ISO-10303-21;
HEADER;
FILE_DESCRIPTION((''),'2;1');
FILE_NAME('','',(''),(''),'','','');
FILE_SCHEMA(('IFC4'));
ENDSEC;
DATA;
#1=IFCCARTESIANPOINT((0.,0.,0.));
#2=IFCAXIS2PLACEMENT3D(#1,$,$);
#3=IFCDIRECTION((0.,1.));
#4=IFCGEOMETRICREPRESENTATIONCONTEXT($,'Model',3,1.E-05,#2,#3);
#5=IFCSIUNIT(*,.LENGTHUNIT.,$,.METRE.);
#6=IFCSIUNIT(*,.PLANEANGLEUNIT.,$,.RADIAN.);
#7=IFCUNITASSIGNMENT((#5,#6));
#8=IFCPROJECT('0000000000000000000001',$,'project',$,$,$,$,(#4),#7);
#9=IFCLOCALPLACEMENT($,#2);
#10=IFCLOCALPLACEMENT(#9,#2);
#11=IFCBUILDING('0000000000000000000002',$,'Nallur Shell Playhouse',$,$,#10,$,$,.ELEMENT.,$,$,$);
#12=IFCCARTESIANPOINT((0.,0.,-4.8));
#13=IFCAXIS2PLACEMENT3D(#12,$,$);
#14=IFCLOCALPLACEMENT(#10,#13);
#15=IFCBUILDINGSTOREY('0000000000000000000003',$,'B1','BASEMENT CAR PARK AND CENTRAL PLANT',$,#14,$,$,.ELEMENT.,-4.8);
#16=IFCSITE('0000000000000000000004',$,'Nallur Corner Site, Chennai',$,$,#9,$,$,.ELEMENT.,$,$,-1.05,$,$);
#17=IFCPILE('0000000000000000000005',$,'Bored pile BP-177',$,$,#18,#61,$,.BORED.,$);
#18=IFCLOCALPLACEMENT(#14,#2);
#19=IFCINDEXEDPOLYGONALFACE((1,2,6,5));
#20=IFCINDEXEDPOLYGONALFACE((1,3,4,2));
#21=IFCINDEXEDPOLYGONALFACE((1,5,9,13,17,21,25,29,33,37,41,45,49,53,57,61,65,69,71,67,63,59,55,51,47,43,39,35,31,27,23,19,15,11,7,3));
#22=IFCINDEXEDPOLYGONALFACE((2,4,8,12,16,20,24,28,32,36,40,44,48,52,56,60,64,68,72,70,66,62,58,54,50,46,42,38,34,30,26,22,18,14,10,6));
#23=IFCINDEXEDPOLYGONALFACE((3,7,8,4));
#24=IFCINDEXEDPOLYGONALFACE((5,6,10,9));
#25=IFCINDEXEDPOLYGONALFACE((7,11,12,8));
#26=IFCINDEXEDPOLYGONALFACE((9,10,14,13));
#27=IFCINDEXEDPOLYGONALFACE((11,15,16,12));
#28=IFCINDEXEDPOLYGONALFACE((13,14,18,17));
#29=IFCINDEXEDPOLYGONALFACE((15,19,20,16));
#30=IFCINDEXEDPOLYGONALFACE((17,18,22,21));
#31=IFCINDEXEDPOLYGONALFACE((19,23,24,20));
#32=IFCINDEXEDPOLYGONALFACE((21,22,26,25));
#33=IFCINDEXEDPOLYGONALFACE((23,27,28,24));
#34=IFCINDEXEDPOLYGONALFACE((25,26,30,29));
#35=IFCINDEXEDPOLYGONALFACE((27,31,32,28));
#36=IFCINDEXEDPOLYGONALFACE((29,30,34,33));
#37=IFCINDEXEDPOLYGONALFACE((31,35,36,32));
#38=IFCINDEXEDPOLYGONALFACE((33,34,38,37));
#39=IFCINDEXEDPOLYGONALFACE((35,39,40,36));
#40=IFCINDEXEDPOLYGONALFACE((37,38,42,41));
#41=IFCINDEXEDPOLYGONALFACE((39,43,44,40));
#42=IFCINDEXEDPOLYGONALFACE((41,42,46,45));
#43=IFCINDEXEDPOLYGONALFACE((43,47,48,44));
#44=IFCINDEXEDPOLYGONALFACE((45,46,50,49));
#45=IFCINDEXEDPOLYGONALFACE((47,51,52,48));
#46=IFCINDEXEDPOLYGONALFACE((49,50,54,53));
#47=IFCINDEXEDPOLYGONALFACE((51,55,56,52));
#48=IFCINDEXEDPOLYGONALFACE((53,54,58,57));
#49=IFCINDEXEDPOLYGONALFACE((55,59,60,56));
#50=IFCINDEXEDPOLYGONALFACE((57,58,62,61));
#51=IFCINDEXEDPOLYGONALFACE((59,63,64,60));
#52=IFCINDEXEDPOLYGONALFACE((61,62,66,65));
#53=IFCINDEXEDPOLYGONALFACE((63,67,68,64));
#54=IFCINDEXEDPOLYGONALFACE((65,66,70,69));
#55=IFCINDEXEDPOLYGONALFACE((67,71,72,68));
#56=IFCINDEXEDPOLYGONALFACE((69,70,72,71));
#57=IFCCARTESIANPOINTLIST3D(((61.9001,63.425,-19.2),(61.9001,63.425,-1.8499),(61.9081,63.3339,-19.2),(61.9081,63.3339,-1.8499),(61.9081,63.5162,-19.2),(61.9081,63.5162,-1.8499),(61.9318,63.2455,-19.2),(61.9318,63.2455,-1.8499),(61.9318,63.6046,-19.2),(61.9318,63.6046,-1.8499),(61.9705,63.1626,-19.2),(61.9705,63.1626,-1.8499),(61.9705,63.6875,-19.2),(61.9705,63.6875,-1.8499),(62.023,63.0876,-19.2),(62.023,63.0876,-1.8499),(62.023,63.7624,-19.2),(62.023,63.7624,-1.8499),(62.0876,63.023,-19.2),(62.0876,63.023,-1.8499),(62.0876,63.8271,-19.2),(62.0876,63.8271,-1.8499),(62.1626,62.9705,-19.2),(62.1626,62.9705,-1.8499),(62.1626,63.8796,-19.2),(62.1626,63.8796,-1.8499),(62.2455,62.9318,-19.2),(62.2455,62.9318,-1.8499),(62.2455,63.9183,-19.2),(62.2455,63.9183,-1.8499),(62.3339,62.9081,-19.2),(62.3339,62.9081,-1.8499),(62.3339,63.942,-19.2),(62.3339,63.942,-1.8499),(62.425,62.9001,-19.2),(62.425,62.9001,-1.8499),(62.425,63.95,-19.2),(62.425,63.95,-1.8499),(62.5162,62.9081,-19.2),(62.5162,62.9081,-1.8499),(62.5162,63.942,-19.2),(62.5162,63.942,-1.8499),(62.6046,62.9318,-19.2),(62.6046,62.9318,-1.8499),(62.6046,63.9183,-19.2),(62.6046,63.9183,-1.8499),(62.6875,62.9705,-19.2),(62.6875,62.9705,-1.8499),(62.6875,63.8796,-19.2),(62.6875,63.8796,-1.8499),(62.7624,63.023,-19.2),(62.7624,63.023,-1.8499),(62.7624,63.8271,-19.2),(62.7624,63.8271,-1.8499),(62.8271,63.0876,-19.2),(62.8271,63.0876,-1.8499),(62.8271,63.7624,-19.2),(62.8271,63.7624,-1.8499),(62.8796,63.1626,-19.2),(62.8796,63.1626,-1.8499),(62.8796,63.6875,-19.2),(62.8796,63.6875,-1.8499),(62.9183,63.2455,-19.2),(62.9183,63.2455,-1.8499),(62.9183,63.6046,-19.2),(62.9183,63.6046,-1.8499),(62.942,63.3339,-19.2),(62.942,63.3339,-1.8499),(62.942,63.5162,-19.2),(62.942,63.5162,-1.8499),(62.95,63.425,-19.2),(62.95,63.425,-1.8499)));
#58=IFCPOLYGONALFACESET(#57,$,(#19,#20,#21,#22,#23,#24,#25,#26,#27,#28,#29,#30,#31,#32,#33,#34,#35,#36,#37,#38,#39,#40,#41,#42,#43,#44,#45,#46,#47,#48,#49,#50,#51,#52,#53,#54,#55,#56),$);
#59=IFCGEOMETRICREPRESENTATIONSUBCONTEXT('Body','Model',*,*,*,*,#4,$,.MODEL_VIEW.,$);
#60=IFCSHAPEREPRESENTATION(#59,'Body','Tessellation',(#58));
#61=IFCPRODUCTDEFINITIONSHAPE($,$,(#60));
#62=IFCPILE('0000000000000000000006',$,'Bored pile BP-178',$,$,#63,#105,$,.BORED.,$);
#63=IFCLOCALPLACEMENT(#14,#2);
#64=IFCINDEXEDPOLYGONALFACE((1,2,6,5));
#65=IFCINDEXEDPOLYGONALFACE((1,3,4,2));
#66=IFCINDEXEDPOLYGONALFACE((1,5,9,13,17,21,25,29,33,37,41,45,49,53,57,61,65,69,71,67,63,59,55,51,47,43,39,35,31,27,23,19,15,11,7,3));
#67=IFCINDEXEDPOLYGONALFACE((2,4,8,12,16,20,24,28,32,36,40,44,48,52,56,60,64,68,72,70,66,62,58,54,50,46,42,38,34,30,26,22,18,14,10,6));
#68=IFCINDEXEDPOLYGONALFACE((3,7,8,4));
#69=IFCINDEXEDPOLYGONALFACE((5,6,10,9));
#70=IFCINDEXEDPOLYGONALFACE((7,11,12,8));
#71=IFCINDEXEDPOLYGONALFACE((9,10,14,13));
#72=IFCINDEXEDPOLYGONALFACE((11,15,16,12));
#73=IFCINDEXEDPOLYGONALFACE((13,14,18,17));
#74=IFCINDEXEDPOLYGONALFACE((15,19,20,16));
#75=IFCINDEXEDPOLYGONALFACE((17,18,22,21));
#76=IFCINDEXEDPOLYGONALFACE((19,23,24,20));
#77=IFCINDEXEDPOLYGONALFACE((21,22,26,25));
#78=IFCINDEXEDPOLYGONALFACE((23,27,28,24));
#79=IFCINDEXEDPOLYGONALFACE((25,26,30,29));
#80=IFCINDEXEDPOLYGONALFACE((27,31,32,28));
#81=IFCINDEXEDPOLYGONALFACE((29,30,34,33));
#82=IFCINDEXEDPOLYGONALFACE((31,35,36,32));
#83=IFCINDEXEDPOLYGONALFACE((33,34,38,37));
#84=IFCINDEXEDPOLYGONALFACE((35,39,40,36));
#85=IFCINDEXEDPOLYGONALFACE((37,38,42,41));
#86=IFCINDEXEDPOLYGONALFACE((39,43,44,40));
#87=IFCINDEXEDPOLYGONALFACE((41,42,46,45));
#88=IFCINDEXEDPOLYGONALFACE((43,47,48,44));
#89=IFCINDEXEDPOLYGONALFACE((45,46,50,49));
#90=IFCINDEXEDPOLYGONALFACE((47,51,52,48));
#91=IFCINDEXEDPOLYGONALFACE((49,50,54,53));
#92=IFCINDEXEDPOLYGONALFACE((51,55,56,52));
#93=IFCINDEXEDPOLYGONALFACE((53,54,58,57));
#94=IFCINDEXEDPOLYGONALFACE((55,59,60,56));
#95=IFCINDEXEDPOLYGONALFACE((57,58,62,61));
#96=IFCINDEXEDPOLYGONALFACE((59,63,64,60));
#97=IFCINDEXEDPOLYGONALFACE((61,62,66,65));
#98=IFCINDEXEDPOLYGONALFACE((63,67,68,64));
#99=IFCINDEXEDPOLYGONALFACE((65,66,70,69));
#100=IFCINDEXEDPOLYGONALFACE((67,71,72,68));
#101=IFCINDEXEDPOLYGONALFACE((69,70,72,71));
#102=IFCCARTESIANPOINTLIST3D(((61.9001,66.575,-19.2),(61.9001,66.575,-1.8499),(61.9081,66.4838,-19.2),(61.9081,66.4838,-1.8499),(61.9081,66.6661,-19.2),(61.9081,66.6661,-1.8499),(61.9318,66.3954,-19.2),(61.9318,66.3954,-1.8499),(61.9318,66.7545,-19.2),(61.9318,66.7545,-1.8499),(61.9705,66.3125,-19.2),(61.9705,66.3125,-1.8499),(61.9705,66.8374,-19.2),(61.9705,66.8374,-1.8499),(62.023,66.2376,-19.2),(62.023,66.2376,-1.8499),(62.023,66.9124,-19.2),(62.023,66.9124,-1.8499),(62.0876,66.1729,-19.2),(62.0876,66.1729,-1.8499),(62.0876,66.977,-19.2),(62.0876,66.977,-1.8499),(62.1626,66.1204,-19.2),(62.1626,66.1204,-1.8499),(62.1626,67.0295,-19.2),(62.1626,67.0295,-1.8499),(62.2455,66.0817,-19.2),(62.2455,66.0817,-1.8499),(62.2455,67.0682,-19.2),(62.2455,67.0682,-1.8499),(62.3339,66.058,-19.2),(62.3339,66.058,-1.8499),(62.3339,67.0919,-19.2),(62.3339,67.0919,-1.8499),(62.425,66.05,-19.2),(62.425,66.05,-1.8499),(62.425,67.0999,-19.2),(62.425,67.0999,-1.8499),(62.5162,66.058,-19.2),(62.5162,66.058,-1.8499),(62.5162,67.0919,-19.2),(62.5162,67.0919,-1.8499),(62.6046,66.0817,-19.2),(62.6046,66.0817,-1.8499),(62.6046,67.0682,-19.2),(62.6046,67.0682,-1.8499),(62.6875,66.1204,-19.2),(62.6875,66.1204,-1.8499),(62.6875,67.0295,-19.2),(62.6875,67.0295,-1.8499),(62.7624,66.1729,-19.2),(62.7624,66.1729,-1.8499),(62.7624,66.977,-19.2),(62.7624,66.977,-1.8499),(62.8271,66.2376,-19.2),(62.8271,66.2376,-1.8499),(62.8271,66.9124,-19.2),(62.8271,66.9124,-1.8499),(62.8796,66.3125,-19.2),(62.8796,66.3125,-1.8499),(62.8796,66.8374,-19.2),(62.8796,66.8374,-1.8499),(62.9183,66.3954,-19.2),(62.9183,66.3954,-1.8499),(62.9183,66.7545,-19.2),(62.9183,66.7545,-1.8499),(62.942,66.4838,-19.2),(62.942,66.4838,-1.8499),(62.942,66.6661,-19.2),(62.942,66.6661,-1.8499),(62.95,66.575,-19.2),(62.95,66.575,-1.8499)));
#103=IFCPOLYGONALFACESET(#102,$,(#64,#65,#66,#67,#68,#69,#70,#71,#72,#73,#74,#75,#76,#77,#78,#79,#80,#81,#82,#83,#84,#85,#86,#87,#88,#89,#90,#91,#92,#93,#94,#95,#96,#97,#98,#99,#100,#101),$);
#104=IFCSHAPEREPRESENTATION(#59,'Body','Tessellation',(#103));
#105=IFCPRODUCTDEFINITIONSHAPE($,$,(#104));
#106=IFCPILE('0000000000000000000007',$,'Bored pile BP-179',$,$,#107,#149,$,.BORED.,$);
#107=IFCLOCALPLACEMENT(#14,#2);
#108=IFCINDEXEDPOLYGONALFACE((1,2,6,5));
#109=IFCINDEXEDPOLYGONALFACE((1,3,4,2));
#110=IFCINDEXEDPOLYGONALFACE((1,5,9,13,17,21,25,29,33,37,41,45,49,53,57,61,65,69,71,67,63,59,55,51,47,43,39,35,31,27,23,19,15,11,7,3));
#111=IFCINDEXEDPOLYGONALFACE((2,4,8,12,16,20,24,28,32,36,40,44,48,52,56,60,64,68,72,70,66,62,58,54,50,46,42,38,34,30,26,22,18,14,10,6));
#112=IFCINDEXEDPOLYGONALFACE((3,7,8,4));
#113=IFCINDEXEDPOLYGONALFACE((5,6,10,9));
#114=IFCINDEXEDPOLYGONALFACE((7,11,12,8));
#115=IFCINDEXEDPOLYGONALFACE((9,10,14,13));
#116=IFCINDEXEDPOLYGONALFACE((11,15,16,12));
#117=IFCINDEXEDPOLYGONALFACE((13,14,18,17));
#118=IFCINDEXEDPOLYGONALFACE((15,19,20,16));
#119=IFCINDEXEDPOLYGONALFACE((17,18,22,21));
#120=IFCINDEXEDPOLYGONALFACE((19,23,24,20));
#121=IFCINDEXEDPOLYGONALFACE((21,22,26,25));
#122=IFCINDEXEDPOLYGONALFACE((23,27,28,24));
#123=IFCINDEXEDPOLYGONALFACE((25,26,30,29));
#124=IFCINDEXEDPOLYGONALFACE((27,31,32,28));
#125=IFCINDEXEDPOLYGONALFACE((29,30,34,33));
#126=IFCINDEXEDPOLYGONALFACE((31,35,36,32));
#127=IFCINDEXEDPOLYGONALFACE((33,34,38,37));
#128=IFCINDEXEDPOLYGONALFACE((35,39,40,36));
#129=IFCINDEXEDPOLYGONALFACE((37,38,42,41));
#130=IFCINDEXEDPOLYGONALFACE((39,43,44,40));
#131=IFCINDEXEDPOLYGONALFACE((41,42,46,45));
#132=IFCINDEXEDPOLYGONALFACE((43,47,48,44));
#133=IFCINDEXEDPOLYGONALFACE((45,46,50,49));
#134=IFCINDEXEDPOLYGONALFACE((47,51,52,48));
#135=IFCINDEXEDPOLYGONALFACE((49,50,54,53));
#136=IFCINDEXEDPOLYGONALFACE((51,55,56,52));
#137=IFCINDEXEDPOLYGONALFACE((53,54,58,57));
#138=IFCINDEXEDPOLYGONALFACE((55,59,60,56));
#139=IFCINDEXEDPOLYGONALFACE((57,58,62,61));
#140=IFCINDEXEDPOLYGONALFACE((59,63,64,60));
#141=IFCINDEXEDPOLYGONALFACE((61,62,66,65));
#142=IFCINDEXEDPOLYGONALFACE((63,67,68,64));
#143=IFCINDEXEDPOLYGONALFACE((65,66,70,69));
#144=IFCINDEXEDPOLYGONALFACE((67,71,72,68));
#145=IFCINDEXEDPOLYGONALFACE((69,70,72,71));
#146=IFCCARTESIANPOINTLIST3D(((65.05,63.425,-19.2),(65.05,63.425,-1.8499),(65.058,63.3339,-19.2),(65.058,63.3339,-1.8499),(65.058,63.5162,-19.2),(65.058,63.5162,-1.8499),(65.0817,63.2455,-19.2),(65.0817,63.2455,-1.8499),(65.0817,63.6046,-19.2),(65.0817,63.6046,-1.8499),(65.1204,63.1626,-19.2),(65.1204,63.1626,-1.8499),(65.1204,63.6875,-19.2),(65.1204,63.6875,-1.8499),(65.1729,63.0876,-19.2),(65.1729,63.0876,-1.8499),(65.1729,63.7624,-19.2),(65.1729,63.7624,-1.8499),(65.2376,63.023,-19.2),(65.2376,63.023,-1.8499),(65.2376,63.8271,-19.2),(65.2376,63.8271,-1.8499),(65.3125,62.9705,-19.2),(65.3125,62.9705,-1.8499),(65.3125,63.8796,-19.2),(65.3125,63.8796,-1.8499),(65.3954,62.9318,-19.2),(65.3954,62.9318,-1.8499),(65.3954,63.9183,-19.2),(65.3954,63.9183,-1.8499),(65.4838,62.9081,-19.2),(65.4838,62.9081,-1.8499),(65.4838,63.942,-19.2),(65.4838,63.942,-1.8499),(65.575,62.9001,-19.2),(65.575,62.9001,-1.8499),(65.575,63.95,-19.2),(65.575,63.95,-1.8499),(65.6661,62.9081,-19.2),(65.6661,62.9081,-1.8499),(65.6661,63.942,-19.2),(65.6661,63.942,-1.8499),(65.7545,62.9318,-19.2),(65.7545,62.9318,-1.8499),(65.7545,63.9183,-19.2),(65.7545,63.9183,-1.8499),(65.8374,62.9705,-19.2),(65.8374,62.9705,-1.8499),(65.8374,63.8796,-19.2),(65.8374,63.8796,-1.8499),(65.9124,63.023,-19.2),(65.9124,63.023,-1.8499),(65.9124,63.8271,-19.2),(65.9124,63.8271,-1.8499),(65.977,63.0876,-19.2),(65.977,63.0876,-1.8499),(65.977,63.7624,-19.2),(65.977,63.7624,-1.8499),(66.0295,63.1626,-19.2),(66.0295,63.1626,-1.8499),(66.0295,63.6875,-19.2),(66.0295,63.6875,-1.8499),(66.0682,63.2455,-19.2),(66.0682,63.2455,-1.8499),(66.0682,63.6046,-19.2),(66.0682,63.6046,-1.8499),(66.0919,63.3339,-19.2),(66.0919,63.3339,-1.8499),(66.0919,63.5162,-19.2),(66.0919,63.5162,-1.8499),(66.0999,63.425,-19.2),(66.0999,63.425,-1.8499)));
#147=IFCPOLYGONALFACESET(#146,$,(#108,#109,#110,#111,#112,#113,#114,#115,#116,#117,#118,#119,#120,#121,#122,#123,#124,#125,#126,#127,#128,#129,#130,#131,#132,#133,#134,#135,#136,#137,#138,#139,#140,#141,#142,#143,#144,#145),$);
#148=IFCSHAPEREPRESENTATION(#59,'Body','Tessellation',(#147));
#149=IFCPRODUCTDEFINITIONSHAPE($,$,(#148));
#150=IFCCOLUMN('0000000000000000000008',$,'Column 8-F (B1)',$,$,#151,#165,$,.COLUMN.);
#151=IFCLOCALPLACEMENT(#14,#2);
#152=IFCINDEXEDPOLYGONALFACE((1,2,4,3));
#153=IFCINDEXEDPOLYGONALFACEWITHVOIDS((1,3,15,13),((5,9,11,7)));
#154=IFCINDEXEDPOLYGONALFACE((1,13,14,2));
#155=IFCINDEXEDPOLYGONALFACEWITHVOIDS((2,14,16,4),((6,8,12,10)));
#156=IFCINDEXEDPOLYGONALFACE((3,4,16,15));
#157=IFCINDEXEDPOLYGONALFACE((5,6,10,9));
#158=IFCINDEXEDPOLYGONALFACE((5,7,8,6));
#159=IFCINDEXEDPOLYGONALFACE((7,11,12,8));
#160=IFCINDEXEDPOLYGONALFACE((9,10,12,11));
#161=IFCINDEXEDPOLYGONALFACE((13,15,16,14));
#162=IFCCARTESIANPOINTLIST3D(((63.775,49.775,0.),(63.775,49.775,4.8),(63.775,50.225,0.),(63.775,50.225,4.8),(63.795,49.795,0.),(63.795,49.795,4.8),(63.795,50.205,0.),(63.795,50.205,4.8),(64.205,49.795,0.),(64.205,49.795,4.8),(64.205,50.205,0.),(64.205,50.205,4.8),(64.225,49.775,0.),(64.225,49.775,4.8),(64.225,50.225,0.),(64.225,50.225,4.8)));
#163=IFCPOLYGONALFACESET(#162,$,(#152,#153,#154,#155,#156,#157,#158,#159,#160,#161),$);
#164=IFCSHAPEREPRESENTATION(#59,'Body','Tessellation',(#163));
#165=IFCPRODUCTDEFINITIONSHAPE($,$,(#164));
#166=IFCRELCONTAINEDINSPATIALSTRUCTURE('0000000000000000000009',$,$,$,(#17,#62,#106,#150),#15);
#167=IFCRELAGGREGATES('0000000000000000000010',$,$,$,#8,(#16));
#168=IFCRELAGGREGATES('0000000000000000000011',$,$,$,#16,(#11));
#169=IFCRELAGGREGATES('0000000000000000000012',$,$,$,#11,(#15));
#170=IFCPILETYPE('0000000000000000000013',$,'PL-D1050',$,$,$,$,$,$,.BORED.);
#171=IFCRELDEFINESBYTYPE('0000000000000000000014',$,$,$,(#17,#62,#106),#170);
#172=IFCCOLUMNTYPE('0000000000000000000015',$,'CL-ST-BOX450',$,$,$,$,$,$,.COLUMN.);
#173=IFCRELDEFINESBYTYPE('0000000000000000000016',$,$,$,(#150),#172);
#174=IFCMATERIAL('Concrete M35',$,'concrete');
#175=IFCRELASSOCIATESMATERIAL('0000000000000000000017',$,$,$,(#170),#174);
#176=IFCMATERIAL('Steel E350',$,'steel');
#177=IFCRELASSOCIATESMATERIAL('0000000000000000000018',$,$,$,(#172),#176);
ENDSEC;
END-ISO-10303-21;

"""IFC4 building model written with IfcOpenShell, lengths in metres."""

from ifc_helpers import new_model, si_unit, direction, frame, origin, origin_2d, place, context, subcontext, project, spatial, hollow_rectangle, circle, extrude, material, material_profile, profile_set, type_object, element, save


model = new_model("IFC4")

# Units and contexts
model_context = context("Model", 3, precision=1e-05, world=origin(), true_north=direction((0.0, 1.0)))
body_context = subcontext(model_context, "Body", "Model", "MODEL_VIEW")
ifc_project = project(units=[si_unit("LENGTHUNIT", "METRE"), si_unit("PLANEANGLEUNIT", "RADIAN")], contexts=[model_context])

# Site, building, storey
site_placement = place(None, origin())
site = spatial("IfcSite", under=ifc_project, at=site_placement, Name="Nallur Corner Site, Chennai", CompositionType="ELEMENT", RefElevation=-1.05)
building_placement = place(site_placement, origin())
building = spatial("IfcBuilding", under=site, at=building_placement, Name="Nallur Shell Playhouse", CompositionType="ELEMENT")
storey_placement = place(building_placement, frame((0.0, 0.0, -4.8)))
storey = spatial("IfcBuildingStorey", under=building, at=storey_placement, Name="B1", Description="BASEMENT CAR PARK AND CENTRAL PLANT", CompositionType="ELEMENT", Elevation=-4.8)

# Shared definitions
ifc_material_1 = material(Name="Concrete M35", Category="concrete")

# Piles
ifc_material_profile_1 = material_profile(ifc_material_1, circle(Radius=0.5249, at=origin_2d()), Name="BORED PILE D1050")
ifc_profile_set_1 = profile_set([ifc_material_profile_1], Name="Concrete M35")
pile_type = type_object("IfcPileType", Name="PL-D1050", PredefinedType="BORED", material=ifc_profile_set_1)
for number, where, z_axis, x_axis, name in (
    (1, (62.425, 63.425, -1.8499), (0.0, 0.0, -1.0), (1.0, 0.0, 0.0), "Bored pile BP-177"),
    (2, (62.425, 66.575, -1.8499), (0.0, 0.0, -1.0), (1.0, 0.0, 0.0), "Bored pile BP-178"),
    (3, (65.575, 63.425, -1.8499), (0.0, 0.0, -1.0), (1.0, 0.0, 0.0), "Bored pile BP-179"),
):
    element("IfcPile", number, at=place(storey_placement, frame(where, z_axis=z_axis, x_axis=x_axis)), inside=storey, type_object=pile_type, Name=name, PredefinedType="BORED", context=body_context, shape_type="SweptSolid", body=[
        extrude(circle(Radius=0.5249, at=origin_2d()), origin(), (0.0, 0.0, 1.0), 17.3501),
    ])

# Column
ifc_material_2 = material(Name="Steel E350", Category="steel")
ifc_material_profile_2 = material_profile(ifc_material_2, hollow_rectangle(XDim=0.45, YDim=0.45, WallThickness=0.02, at=origin_2d()), Name="BOX 450x450x20")
ifc_profile_set_2 = profile_set([ifc_material_profile_2], Name="Steel E350")
column_type_1 = type_object("IfcColumnType", Name="CL-ST-BOX450", PredefinedType="COLUMN", material=ifc_profile_set_2)
column_placement = place(storey_placement, frame((64.0, 50.0, 0.0), z_axis=(0.0, 0.0, 1.0), x_axis=(1.0, 0.0, 0.0)))
element("IfcColumn", 4, at=column_placement, inside=storey, type_object=column_type_1, Name="Column 8-F (B1)", PredefinedType="COLUMN", context=body_context, shape_type="SweptSolid", body=[
    extrude(hollow_rectangle(XDim=0.45, YDim=0.45, WallThickness=0.02, at=origin_2d()), origin(), (0.0, 0.0, 1.0), 4.8),
])

save(model, "model.ifc")
